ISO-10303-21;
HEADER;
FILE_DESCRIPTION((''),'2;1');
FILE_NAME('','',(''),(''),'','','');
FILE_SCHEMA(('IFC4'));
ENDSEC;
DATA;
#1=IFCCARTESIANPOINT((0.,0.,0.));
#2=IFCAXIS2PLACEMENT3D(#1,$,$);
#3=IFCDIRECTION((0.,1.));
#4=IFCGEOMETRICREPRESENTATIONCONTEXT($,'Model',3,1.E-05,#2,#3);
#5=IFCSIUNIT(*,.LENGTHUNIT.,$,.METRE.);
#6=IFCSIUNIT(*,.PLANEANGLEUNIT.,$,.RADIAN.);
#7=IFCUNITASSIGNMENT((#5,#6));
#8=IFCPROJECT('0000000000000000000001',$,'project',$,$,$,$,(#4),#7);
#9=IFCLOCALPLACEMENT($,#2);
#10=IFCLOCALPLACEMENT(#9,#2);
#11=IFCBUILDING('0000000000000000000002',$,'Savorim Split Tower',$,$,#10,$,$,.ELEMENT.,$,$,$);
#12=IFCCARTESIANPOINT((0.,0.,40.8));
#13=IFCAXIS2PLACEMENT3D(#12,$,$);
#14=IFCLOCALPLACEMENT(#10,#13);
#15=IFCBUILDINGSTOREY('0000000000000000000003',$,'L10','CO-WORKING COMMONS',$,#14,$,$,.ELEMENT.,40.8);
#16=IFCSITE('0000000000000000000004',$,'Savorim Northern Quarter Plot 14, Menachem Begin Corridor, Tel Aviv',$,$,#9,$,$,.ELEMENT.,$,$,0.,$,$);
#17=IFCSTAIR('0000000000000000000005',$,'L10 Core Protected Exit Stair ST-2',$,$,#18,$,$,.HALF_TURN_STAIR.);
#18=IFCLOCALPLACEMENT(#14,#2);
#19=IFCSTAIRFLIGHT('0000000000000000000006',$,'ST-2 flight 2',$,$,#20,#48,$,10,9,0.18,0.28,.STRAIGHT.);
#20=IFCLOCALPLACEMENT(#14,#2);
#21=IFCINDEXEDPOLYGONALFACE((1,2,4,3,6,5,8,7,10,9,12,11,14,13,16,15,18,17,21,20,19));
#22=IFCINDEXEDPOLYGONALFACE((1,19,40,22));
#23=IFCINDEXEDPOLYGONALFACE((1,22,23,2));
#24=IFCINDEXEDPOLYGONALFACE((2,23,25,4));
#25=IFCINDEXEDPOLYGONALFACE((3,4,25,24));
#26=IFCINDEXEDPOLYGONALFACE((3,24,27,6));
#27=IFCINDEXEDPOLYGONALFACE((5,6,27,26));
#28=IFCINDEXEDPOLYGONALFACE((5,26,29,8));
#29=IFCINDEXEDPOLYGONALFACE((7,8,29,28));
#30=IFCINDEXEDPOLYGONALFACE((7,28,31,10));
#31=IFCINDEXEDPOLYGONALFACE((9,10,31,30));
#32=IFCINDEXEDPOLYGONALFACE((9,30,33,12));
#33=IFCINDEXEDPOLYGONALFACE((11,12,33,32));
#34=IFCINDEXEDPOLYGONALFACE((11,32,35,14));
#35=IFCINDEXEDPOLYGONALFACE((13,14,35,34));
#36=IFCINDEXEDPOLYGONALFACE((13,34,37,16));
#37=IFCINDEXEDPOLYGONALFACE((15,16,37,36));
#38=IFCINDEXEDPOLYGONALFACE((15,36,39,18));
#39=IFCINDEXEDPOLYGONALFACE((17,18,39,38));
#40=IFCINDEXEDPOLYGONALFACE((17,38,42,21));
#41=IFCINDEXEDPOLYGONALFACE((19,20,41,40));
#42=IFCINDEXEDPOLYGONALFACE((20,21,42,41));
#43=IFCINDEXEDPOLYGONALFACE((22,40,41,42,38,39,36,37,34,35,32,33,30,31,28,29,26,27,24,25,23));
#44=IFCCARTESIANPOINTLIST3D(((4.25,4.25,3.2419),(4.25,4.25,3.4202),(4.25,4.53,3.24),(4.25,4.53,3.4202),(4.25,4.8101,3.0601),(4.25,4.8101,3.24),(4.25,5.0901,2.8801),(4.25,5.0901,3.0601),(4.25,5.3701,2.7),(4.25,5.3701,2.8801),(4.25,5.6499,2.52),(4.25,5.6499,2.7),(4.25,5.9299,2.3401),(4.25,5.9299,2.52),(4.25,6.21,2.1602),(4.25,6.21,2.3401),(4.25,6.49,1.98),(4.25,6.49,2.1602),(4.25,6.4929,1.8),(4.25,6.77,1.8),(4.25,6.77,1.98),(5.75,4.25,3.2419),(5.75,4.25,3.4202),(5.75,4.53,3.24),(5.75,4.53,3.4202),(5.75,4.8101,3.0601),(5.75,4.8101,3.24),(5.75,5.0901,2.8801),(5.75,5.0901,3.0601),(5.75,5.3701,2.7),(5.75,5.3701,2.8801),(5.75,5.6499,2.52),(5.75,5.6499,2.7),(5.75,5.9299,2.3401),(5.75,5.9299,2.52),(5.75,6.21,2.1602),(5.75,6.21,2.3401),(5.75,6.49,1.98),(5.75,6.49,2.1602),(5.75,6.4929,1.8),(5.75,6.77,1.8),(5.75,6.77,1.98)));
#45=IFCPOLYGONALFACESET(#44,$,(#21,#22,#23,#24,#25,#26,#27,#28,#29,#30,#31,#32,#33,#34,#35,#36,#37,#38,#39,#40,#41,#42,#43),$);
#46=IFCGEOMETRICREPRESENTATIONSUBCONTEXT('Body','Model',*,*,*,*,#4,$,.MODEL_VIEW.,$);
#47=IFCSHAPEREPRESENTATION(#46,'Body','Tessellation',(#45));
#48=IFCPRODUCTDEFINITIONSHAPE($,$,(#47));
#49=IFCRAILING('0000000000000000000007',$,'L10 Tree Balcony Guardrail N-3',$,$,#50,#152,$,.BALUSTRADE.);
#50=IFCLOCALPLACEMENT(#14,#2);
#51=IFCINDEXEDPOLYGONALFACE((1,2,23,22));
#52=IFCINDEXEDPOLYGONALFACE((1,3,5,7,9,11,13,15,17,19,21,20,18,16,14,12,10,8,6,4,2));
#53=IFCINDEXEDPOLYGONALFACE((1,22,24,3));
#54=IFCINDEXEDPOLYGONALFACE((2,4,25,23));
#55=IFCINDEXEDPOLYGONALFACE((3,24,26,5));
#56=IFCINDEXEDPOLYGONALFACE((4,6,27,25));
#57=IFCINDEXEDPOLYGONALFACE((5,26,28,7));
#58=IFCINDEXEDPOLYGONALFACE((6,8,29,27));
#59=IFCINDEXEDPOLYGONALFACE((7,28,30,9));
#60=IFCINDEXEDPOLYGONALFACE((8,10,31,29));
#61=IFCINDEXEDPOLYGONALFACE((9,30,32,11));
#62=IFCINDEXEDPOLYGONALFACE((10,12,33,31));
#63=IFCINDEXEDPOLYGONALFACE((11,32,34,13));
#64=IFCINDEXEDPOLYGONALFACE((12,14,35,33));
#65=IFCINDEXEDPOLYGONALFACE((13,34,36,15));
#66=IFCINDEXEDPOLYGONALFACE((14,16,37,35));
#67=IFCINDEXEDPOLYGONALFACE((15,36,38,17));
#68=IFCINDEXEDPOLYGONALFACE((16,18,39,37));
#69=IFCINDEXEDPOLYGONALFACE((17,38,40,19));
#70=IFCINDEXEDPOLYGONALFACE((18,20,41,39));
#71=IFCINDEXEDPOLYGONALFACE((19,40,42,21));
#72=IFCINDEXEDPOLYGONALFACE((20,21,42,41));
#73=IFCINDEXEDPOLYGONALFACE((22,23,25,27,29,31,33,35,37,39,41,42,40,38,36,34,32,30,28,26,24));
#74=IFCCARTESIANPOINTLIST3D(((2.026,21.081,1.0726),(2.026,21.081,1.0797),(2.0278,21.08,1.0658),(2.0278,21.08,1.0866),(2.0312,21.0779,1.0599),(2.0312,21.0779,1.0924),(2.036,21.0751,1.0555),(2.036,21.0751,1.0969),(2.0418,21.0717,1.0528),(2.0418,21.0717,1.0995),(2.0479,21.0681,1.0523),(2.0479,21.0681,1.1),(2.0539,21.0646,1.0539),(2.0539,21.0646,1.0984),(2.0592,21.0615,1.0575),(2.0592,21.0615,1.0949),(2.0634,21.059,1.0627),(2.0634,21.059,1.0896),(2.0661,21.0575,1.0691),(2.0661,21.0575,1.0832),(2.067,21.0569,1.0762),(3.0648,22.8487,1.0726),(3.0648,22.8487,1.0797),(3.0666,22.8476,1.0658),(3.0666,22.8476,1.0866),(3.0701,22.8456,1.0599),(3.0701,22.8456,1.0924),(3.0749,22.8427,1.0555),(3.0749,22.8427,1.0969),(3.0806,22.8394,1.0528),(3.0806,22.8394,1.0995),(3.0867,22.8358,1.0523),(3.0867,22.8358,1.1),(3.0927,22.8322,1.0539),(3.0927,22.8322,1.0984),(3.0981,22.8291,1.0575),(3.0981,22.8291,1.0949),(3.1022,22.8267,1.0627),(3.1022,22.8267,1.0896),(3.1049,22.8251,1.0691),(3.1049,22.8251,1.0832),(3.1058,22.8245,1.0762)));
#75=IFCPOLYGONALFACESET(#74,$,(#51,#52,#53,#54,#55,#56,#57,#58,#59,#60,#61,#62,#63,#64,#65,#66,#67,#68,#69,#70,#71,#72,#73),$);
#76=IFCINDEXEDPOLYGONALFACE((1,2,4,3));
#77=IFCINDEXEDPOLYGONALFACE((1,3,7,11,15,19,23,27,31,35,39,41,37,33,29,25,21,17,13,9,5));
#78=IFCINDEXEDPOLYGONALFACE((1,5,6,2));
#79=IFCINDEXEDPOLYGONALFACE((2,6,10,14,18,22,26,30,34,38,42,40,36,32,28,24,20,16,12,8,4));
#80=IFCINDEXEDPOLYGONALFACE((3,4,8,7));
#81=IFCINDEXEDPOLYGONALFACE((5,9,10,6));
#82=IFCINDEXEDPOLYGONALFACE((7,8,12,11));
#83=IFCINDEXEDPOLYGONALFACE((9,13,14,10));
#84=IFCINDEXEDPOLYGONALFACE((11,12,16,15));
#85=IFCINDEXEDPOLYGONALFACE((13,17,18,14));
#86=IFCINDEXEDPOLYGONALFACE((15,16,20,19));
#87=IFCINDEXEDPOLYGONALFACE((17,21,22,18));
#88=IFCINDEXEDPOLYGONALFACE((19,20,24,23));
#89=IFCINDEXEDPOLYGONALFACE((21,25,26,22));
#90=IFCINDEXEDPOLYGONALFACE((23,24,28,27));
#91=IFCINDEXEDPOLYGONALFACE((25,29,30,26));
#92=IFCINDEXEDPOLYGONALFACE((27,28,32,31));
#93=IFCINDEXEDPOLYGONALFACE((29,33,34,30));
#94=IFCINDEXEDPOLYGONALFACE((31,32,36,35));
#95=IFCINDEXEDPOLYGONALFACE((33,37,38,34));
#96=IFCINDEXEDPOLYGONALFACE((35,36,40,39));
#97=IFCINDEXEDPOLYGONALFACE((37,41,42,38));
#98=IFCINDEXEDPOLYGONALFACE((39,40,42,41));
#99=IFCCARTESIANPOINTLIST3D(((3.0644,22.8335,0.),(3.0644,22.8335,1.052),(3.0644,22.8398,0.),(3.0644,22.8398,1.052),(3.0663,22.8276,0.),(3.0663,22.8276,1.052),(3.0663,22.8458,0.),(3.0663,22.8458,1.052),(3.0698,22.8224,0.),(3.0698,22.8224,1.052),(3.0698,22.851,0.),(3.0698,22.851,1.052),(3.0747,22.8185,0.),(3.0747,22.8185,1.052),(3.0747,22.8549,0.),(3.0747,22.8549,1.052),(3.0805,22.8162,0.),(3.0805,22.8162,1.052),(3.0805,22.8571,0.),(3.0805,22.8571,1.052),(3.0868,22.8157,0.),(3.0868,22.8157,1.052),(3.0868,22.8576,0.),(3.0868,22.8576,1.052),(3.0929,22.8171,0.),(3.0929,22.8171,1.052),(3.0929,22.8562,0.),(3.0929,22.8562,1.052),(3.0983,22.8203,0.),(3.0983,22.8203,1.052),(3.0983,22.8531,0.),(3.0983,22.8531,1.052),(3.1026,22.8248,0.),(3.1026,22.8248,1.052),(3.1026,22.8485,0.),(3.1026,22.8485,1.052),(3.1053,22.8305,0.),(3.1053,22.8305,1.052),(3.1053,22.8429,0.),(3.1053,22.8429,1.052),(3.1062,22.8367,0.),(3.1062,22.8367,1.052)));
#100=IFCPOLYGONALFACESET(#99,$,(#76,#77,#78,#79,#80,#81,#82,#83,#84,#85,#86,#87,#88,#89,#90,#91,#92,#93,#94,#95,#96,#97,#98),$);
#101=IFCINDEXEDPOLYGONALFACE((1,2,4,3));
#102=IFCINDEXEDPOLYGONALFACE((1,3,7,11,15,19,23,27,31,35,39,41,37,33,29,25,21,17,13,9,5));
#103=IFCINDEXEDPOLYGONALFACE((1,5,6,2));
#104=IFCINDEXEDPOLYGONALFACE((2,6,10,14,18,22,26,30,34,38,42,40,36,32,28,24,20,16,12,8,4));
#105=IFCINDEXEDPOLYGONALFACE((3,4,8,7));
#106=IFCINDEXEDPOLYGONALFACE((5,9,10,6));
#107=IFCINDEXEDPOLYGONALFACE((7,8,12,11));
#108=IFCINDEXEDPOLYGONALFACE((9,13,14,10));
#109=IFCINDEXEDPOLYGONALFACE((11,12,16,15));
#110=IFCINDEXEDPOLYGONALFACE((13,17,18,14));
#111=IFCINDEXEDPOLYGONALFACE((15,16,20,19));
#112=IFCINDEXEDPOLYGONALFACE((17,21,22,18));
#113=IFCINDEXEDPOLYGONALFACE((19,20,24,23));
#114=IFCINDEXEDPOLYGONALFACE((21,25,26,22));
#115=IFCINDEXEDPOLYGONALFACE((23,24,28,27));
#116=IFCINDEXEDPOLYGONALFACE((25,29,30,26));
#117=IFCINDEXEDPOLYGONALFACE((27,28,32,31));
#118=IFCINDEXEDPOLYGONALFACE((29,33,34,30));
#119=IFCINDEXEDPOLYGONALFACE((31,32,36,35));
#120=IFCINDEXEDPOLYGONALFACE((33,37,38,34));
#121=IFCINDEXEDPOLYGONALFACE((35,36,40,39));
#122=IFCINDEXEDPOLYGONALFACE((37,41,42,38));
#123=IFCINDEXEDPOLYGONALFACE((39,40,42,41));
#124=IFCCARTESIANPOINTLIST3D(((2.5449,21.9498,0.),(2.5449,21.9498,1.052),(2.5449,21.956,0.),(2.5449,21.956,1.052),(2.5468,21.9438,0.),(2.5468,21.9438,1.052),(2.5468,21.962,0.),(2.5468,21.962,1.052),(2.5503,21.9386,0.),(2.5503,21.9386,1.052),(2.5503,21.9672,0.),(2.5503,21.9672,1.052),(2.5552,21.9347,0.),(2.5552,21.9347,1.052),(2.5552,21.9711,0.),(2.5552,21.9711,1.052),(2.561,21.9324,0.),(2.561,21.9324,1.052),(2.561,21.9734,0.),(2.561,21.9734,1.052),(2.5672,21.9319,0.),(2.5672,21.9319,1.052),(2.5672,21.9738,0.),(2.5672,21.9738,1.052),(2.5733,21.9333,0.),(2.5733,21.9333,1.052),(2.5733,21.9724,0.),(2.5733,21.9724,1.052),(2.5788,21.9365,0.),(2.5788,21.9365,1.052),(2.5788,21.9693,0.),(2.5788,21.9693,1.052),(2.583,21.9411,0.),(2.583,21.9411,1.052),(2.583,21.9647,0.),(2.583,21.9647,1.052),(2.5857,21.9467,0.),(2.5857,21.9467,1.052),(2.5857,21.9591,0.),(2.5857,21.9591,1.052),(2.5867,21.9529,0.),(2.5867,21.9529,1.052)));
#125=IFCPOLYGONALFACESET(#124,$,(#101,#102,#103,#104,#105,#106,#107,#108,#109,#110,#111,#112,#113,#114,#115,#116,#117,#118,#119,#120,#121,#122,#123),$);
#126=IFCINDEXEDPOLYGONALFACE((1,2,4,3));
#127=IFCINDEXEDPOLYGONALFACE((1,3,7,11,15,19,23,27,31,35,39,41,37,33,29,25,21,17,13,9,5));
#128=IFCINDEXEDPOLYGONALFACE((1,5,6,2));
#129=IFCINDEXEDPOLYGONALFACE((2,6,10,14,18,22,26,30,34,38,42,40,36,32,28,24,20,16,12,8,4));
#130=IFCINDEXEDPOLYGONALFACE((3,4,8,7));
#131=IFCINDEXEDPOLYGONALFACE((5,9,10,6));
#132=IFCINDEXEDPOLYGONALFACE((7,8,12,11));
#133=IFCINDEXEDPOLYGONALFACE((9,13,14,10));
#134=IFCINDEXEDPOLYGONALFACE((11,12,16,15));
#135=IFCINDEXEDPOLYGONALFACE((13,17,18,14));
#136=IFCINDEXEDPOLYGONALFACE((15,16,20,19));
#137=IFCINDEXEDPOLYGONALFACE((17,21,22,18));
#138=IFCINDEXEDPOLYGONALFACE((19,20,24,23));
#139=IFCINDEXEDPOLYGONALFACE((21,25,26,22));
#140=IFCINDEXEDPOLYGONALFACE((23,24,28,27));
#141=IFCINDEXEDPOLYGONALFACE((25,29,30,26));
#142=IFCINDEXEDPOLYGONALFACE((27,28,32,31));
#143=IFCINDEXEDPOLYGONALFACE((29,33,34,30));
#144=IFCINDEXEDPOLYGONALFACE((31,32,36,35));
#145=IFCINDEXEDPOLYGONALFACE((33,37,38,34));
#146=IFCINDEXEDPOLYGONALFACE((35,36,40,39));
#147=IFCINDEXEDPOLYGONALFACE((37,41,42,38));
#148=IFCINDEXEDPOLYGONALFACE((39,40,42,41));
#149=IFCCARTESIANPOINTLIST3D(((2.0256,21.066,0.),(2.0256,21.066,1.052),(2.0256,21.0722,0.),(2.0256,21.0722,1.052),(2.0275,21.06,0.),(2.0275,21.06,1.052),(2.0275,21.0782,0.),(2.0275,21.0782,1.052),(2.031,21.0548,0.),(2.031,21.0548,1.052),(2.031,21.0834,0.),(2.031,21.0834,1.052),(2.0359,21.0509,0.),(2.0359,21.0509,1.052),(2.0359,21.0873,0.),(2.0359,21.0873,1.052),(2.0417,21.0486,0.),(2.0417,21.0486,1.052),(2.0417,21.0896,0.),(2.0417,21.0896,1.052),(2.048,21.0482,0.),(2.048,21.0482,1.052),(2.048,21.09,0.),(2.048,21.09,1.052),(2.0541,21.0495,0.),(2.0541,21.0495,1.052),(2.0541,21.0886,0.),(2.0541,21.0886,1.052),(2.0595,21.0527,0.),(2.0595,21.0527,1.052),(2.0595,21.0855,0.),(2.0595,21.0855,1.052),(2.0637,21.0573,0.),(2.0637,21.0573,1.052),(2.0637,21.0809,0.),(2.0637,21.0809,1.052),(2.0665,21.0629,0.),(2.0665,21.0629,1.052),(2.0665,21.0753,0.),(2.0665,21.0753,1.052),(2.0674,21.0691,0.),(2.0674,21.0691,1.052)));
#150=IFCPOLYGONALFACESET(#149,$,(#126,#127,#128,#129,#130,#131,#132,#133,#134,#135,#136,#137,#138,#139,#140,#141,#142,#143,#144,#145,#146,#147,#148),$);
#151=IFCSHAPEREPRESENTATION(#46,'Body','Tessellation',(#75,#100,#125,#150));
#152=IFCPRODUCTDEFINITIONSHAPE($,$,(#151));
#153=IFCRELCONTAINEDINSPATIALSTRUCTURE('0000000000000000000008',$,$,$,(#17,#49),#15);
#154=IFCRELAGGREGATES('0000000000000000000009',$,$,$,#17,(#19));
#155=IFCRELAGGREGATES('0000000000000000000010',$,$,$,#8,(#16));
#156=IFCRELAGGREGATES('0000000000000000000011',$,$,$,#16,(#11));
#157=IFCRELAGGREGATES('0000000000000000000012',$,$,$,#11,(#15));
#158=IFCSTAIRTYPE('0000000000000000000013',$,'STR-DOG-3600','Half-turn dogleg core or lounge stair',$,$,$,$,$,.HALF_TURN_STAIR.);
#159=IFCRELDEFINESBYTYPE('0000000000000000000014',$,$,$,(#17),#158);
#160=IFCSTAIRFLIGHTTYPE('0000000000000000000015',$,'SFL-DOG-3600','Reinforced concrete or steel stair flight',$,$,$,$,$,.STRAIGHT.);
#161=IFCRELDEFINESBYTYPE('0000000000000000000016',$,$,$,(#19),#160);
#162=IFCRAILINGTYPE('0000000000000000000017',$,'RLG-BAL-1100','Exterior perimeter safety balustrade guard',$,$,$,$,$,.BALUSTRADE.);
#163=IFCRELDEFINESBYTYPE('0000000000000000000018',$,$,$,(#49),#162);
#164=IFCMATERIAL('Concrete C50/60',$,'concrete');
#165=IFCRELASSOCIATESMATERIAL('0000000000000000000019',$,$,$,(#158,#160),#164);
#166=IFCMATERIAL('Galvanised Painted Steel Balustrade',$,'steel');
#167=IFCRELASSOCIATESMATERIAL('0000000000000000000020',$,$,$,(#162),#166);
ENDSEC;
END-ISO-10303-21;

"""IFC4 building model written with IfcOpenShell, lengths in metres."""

from ifc_helpers import new_model, si_unit, direction, frame, origin, origin_2d, place, context, subcontext, project, spatial, polyline, circle, outline, extrude, material, type_object, element, aggregate, save


model = new_model("IFC4")

# Units and contexts
model_context = context("Model", 3, precision=1e-05, world=origin(), true_north=direction((0.0, 1.0)))
body_context = subcontext(model_context, "Body", "Model", "MODEL_VIEW")
ifc_project = project(units=[si_unit("LENGTHUNIT", "METRE"), si_unit("PLANEANGLEUNIT", "RADIAN")], contexts=[model_context])

# Site, building, storey
site_placement = place(None, origin())
site = spatial("IfcSite", under=ifc_project, at=site_placement, Name="Savorim Northern Quarter Plot 14, Menachem Begin Corridor, Tel Aviv", CompositionType="ELEMENT", RefElevation=0.0)
building_placement = place(site_placement, origin())
building = spatial("IfcBuilding", under=site, at=building_placement, Name="Savorim Split Tower", CompositionType="ELEMENT")
storey_placement = place(building_placement, frame((0.0, 0.0, 40.8)))
storey = spatial("IfcBuildingStorey", under=building, at=storey_placement, Name="L10", Description="CO-WORKING COMMONS", CompositionType="ELEMENT", Elevation=40.8)

# Stair, stair flight
ifc_material_1 = material(Name="Concrete C50/60", Category="concrete")
stair_type = type_object("IfcStairType", Name="STR-DOG-3600", Description="Half-turn dogleg core or lounge stair", PredefinedType="HALF_TURN_STAIR", material=ifc_material_1)
stair_placement = place(storey_placement, origin())
stair = element("IfcStair", 1, at=stair_placement, inside=storey, type_object=stair_type, Name="L10 Core Protected Exit Stair ST-2", PredefinedType="HALF_TURN_STAIR")
stair_flight_type = type_object("IfcStairFlightType", Name="SFL-DOG-3600", Description="Reinforced concrete or steel stair flight", PredefinedType="STRAIGHT", material=ifc_material_1)
stair_flight_placement = place(storey_placement, frame((5.0, 6.77, 1.8), z_axis=(0.0, 0.0, 1.0), x_axis=(0.0, -1.0, 0.0)))
stair_flight = element("IfcStairFlight", 2, at=stair_flight_placement, type_object=stair_flight_type, Name="ST-2 flight 2", NumberOfRisers=10, NumberOfTreads=9, PredefinedType="STRAIGHT", RiserHeight=0.18, TreadLength=0.28, context=body_context, shape_type="SweptSolid", body=[
    extrude(outline(polyline([(0.0, 0.0), (0.0, 0.1799), (0.28, 0.1799), (0.28, 0.3601), (0.5601, 0.3601), (0.5601, 0.54), (0.8401, 0.54), (0.8401, 0.72), (1.1201, 0.72), (1.1201, 0.8999), (1.3999, 0.8999), (1.3999, 1.0801), (1.6799, 1.0801), (1.6799, 1.26), (1.96, 1.26), (1.96, 1.4399), (2.24, 1.4399), (2.24, 1.6201), (2.52, 1.6201), (2.52, 1.8), (2.52, 1.4419), (0.2771, 0.0), (0.0, 0.0)])), frame((0.0, 0.75, 0.0), z_axis=(0.0, -1.0, 0.0), x_axis=(1.0, 0.0, 0.0)), (0.0, 0.0, 1.0), 1.5),
])
aggregate(stair, [stair_flight])

# Railing
ifc_material_2 = material(Name="Galvanised Painted Steel Balustrade", Category="steel")
railing_type_1 = type_object("IfcRailingType", Name="RLG-BAL-1100", Description="Exterior perimeter safety balustrade guard", PredefinedType="BALUSTRADE", material=ifc_material_2)
railing_1_placement = place(storey_placement, frame((3.0852, 22.8367, 0.0)))
element("IfcRailing", 3, at=railing_1_placement, inside=storey, type_object=railing_type_1, Name="L10 Tree Balcony Guardrail N-3", PredefinedType="BALUSTRADE", context=body_context, shape_type="SweptSolid", body=[
    extrude(circle(Radius=0.0239, at=origin_2d()), frame((0.0, 0.0, 1.0762), z_axis=(-0.506682, -0.862133, 0.0), x_axis=(0.862133, -0.506682, 0.0)), (0.0, 0.0, 1.0), 2.0503),
    extrude(circle(Radius=0.021, at=origin_2d()), origin(), (0.0, 0.0, 1.0), 1.052),
    extrude(circle(Radius=0.021, at=origin_2d()), frame((-0.5195, -0.8838, 0.0)), (0.0, 0.0, 1.0), 1.052),
    extrude(circle(Radius=0.021, at=origin_2d()), frame((-1.0388, -1.7676, 0.0)), (0.0, 0.0, 1.0), 1.052),
])

save(model, "model.ifc")
